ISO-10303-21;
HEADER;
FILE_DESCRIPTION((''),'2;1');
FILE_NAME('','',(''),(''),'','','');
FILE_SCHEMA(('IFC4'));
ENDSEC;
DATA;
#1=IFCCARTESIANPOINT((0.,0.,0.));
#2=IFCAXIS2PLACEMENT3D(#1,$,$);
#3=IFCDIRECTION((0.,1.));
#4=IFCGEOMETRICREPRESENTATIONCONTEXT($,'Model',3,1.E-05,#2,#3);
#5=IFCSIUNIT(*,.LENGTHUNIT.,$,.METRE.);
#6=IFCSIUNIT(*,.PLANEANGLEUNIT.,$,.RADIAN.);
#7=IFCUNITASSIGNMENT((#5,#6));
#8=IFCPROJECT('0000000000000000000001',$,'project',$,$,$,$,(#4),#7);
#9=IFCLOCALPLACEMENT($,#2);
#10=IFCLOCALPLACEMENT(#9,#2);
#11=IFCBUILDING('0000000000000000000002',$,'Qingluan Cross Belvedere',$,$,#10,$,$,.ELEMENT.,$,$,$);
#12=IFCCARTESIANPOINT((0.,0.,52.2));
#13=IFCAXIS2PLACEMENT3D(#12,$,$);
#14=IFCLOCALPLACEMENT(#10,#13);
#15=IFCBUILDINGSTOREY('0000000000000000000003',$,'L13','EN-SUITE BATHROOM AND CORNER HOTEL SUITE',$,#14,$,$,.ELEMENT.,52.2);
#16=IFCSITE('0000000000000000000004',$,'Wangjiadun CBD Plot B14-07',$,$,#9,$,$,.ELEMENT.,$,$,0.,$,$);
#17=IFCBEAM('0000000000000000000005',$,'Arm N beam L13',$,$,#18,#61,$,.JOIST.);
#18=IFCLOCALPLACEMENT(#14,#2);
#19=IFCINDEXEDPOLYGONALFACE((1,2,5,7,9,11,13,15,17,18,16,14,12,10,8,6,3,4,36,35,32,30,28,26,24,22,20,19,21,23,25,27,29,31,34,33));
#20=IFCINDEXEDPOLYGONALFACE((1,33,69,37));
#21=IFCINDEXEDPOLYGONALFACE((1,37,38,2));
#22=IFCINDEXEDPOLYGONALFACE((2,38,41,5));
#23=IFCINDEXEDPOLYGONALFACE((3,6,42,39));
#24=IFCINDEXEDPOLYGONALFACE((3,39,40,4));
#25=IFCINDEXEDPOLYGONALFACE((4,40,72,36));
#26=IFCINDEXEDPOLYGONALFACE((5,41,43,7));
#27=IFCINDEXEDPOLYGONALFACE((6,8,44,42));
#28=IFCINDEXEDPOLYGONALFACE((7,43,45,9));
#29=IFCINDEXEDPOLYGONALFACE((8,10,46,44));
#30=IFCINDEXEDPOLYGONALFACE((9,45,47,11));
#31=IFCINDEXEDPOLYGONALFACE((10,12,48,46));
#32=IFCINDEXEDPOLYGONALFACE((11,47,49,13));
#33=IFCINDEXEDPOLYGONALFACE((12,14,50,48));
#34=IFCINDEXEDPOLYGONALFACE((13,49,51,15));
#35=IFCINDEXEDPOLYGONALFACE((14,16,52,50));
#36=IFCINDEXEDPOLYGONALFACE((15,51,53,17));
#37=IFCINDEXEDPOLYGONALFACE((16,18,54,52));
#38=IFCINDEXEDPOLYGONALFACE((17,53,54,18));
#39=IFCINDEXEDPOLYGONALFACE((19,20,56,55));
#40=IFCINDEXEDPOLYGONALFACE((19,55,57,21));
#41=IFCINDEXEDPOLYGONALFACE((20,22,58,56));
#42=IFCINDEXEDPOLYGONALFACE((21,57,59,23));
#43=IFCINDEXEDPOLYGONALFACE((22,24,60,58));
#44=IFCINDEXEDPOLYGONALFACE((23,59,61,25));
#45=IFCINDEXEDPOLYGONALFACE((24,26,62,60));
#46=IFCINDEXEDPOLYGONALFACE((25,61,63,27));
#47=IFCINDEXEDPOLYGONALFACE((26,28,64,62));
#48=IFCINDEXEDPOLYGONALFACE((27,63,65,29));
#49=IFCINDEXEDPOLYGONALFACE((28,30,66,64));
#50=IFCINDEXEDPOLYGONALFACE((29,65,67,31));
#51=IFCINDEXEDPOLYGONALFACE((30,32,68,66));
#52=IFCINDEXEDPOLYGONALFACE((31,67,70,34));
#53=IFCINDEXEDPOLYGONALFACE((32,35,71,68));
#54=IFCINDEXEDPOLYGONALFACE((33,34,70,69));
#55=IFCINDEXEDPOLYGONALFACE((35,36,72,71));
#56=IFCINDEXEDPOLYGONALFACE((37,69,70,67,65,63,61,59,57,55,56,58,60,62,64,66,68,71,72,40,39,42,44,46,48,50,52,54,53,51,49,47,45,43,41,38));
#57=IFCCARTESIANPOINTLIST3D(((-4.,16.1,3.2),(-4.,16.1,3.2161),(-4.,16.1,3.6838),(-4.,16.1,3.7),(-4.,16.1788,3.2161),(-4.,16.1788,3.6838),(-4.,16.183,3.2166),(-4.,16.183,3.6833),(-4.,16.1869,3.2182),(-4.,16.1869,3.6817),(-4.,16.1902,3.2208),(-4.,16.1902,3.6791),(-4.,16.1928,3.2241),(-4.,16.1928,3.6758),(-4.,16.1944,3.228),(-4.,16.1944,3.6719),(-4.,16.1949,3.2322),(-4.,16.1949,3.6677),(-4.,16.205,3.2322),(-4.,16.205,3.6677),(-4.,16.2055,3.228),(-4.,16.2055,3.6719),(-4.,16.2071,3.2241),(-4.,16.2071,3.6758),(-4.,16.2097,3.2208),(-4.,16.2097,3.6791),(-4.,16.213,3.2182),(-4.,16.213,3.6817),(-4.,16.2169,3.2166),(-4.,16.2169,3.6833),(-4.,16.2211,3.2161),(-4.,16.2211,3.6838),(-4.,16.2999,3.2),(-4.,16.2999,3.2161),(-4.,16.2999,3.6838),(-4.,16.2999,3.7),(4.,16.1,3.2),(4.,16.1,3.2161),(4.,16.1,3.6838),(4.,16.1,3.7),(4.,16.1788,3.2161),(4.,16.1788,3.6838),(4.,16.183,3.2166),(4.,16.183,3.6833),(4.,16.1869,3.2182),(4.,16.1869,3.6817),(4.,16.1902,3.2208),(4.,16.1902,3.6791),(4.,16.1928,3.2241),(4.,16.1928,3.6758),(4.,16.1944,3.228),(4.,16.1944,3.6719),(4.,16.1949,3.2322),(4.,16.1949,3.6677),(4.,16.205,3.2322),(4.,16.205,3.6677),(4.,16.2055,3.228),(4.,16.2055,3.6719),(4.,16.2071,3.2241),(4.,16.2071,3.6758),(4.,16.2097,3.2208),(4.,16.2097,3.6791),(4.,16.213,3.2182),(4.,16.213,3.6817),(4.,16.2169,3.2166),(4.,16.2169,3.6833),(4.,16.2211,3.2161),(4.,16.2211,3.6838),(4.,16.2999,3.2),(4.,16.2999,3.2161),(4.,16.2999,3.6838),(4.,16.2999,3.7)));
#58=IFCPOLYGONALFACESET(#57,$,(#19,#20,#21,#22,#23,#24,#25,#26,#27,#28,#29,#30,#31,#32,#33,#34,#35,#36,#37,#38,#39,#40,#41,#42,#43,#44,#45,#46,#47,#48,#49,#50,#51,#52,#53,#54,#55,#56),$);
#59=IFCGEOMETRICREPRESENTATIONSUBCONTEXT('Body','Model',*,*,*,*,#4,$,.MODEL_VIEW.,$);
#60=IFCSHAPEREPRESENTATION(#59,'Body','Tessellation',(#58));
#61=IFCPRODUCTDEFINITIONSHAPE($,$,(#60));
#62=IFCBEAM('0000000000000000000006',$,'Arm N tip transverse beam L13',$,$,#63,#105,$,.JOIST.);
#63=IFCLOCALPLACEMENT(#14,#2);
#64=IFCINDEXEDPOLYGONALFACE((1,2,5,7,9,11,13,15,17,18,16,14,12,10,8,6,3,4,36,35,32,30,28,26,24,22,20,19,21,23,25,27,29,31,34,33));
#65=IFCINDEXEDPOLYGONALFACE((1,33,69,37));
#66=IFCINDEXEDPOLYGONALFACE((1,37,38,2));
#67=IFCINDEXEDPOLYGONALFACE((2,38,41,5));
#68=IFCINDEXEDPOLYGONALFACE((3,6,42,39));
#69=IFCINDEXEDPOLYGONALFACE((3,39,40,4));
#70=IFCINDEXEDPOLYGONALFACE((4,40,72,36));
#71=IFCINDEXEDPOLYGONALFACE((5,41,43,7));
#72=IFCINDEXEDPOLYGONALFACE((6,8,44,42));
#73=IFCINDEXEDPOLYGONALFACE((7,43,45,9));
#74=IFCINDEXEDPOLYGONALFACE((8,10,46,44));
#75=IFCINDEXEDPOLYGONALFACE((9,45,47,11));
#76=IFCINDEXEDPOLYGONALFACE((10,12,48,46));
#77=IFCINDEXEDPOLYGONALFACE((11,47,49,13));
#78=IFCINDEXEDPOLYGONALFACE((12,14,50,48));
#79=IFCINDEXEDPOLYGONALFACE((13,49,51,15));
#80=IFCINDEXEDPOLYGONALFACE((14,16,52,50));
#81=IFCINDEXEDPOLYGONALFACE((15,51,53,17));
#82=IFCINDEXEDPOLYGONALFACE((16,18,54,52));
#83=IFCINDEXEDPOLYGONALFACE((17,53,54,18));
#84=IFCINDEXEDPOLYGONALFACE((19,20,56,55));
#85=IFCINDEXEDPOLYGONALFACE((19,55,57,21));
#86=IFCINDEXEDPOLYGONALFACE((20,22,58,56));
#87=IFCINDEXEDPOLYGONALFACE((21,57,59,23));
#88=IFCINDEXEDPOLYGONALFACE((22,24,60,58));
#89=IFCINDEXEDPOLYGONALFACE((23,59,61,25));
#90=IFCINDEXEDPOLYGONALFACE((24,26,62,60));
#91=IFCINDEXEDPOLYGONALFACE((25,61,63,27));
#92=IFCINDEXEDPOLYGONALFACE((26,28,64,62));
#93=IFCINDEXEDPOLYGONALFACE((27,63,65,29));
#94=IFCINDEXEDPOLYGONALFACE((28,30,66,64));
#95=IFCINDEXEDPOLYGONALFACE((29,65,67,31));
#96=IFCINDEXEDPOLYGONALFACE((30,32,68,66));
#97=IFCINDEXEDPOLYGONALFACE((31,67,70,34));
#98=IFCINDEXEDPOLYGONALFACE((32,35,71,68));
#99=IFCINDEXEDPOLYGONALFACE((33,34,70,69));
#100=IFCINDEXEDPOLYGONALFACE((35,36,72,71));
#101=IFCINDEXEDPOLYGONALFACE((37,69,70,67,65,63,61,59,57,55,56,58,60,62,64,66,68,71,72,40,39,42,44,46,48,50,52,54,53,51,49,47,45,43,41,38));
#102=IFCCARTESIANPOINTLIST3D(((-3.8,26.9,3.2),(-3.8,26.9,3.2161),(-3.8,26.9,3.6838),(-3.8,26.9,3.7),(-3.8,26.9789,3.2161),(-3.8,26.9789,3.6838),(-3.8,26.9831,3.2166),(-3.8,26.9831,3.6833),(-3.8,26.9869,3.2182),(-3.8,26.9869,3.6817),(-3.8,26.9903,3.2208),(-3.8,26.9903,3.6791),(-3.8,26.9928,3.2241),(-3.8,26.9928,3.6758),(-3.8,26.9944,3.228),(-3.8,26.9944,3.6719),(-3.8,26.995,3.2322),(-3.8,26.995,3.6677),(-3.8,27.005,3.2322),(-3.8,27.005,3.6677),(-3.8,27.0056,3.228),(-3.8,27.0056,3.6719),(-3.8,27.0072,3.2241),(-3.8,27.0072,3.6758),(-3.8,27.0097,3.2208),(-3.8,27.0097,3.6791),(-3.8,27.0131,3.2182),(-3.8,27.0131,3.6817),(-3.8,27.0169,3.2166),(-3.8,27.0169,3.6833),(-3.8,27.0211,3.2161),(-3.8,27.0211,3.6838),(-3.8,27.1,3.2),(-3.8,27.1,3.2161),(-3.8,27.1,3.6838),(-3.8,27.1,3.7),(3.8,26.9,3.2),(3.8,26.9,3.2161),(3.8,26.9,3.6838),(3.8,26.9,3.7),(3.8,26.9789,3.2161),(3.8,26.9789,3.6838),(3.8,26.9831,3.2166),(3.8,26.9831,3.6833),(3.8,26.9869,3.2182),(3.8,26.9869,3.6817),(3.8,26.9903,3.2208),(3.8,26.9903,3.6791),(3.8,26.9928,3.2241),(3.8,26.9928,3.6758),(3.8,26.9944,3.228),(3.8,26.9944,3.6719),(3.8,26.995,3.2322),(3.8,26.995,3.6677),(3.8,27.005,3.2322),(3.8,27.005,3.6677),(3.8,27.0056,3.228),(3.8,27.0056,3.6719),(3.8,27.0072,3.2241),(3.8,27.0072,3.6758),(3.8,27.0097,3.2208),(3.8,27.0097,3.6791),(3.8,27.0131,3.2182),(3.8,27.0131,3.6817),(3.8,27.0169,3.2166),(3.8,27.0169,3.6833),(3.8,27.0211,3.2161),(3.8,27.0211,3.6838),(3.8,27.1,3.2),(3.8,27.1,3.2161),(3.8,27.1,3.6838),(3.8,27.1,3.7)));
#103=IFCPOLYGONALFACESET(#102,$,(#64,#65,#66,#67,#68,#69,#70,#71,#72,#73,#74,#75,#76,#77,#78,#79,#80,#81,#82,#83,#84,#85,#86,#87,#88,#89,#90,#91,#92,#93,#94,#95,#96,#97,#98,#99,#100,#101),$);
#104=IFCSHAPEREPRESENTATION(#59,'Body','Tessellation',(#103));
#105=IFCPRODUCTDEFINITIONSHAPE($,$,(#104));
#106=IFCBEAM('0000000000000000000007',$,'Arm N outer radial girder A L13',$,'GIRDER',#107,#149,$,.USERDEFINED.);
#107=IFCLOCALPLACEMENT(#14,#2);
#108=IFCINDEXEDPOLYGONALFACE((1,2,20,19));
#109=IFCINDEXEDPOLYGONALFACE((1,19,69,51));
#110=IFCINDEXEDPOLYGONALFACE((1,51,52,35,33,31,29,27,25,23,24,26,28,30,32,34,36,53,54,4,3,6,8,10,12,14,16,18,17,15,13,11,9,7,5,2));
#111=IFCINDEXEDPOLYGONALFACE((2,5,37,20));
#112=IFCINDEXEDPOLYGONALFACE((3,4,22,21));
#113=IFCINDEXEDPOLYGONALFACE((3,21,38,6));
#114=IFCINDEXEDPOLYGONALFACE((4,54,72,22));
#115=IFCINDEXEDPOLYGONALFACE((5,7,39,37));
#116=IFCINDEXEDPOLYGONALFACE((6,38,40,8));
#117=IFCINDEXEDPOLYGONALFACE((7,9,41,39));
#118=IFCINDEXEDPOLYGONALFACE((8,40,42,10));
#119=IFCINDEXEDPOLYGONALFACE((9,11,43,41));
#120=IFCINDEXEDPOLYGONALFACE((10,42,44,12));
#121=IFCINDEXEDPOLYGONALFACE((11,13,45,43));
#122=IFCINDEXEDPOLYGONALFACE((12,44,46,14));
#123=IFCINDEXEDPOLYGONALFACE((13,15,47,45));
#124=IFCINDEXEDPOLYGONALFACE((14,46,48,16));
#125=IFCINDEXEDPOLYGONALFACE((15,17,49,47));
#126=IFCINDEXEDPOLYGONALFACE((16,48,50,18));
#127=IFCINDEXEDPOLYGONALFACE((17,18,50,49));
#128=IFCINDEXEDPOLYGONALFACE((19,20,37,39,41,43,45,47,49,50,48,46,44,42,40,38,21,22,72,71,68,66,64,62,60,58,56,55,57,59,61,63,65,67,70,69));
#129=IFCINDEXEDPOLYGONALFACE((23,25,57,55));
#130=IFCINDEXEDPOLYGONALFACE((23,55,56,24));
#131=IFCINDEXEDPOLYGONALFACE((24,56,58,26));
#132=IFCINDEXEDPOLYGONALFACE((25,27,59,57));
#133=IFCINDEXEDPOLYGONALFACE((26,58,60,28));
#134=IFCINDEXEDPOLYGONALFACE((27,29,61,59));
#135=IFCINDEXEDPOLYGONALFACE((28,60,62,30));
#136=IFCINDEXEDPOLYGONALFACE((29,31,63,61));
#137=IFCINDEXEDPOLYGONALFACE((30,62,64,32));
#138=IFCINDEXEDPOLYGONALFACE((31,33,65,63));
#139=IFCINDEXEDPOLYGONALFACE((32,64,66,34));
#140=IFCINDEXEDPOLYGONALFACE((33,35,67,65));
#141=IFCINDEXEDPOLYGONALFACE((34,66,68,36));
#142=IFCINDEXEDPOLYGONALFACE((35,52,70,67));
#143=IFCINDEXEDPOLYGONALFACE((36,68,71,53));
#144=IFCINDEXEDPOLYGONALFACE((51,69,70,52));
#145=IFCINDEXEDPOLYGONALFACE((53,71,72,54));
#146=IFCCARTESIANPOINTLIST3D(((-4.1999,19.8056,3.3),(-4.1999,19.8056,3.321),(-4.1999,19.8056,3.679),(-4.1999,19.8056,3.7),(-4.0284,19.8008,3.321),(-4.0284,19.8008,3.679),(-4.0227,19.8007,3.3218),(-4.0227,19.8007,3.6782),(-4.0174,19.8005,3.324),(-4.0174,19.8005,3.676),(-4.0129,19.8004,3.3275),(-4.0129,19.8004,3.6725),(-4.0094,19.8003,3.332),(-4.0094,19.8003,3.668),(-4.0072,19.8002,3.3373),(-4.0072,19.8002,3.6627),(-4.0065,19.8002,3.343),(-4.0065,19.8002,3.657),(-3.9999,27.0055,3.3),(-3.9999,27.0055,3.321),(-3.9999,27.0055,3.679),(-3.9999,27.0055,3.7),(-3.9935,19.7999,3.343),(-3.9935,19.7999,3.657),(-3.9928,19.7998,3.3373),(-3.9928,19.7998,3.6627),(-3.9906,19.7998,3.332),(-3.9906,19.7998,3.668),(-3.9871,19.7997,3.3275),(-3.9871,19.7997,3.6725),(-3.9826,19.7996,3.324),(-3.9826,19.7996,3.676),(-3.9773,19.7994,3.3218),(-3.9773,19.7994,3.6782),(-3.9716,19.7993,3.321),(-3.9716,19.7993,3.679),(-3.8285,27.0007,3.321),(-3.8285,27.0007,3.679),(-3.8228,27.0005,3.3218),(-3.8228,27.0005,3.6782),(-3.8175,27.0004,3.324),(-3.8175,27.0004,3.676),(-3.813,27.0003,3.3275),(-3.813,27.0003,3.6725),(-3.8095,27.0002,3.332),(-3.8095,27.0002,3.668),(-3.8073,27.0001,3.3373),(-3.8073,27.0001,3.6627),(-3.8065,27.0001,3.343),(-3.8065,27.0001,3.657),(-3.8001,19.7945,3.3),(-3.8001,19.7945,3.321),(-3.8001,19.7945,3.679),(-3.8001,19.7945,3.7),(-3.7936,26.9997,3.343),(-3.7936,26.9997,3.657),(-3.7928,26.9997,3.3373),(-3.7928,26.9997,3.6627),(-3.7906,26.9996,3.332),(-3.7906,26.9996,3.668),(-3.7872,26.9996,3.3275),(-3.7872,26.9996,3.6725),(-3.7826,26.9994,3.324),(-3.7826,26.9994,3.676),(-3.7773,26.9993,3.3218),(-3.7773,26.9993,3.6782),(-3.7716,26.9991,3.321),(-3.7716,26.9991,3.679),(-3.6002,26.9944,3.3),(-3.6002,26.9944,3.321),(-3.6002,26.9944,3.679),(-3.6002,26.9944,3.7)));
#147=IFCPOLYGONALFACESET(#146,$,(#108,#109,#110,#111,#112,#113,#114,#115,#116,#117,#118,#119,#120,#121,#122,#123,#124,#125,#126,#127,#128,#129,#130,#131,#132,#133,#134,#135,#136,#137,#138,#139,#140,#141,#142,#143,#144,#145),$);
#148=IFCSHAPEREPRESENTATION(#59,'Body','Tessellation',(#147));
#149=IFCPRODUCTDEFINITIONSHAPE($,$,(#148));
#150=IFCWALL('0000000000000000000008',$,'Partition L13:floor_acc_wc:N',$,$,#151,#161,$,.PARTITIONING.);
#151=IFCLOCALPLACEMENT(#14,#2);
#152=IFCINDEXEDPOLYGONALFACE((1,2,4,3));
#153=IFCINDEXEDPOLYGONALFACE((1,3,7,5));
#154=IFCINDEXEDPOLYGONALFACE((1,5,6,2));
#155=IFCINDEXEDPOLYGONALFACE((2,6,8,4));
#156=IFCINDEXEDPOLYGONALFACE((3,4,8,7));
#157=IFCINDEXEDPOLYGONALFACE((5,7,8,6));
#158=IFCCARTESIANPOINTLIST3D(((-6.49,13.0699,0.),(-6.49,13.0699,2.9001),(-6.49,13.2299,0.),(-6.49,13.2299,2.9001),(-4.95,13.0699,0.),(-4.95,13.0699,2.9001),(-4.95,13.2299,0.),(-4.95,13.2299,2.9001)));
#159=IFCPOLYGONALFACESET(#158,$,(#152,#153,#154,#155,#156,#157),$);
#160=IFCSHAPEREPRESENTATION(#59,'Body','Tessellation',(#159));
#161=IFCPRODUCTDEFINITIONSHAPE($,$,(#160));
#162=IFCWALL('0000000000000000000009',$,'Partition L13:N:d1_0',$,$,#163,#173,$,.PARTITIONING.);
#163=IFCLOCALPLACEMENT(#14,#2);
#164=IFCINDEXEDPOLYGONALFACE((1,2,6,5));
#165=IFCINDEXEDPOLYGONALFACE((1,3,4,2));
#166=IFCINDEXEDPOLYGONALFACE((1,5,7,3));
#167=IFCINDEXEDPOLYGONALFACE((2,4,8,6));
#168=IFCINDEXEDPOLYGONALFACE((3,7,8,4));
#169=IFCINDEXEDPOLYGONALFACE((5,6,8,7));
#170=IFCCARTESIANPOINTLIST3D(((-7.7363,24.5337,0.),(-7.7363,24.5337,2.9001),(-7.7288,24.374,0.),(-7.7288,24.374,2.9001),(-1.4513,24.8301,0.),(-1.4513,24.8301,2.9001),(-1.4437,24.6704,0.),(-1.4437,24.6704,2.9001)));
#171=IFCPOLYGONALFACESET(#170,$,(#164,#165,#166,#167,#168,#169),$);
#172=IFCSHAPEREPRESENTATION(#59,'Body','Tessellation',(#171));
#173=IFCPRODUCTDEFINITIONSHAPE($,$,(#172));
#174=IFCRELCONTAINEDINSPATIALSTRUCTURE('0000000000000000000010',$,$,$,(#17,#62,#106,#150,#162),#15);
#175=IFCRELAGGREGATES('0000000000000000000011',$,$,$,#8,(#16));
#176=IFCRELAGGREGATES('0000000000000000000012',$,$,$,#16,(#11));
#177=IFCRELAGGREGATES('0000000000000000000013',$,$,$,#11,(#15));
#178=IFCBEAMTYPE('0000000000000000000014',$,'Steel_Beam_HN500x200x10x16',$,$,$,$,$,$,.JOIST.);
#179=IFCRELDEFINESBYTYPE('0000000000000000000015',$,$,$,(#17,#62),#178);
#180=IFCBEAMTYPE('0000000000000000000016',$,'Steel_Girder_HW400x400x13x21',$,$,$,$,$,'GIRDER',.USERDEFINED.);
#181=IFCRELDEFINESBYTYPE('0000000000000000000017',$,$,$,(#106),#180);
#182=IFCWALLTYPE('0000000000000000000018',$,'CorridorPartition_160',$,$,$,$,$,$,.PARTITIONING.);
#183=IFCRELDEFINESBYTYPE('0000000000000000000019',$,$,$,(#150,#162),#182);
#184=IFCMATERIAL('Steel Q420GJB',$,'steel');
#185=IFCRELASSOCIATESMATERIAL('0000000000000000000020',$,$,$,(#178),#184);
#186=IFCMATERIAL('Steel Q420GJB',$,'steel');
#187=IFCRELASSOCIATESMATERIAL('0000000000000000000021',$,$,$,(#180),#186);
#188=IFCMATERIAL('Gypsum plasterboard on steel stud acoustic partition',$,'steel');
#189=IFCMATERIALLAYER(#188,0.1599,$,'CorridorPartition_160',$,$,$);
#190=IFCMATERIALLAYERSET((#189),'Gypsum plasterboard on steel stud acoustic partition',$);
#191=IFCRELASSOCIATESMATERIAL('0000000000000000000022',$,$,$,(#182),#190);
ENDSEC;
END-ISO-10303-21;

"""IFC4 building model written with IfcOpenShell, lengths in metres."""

from ifc_helpers import new_model, si_unit, direction, frame, frame_2d, origin, origin_2d, place, context, subcontext, project, spatial, rectangle, i_section, extrude, material, layer, layer_set, material_profile, profile_set, type_object, element, save


model = new_model("IFC4")

# Units and contexts
model_context = context("Model", 3, precision=1e-05, world=origin(), true_north=direction((0.0, 1.0)))
body_context = subcontext(model_context, "Body", "Model", "MODEL_VIEW")
ifc_project = project(units=[si_unit("LENGTHUNIT", "METRE"), si_unit("PLANEANGLEUNIT", "RADIAN")], contexts=[model_context])

# Site, building, storey
site_placement = place(None, origin())
site = spatial("IfcSite", under=ifc_project, at=site_placement, Name="Wangjiadun CBD Plot B14-07", CompositionType="ELEMENT", RefElevation=0.0)
building_placement = place(site_placement, origin())
building = spatial("IfcBuilding", under=site, at=building_placement, Name="Qingluan Cross Belvedere", CompositionType="ELEMENT")
storey_placement = place(building_placement, frame((0.0, 0.0, 52.2)))
storey = spatial("IfcBuildingStorey", under=building, at=storey_placement, Name="L13", Description="EN-SUITE BATHROOM AND CORNER HOTEL SUITE", CompositionType="ELEMENT", Elevation=52.2)

# Beams
ifc_material_1 = material(Name="Steel Q420GJB", Category="steel")
ifc_material_profile_1 = material_profile(ifc_material_1, i_section(OverallWidth=0.2, OverallDepth=0.5, WebThickness=0.01, FlangeThickness=0.0161, FilletRadius=0.0161, at=origin_2d()), Name="HN500x200x10x16")
ifc_profile_set_1 = profile_set([ifc_material_profile_1], Name="Steel Q420GJB")
beam_type_1 = type_object("IfcBeamType", Name="Steel_Beam_HN500x200x10x16", PredefinedType="JOIST", material=ifc_profile_set_1)
for number, where, z_axis, x_axis, name in (
    (1, (-4.0, 16.2, 3.45), (1.0, 0.0, 0.0), (0.0, 1.0, 0.0), "Arm N beam L13"),
):
    element("IfcBeam", number, at=place(storey_placement, frame(where, z_axis=z_axis, x_axis=x_axis)), inside=storey, type_object=beam_type_1, Name=name, PredefinedType="JOIST", context=body_context, shape_type="SweptSolid", body=[
        extrude(i_section(OverallWidth=0.2, OverallDepth=0.5, WebThickness=0.01, FlangeThickness=0.0161, FilletRadius=0.0161, at=origin_2d()), origin(), (0.0, 0.0, 1.0), 8.0),
    ])
beam_1_placement = place(storey_placement, frame((-3.8, 27.0, 3.45), z_axis=(1.0, 0.0, 0.0), x_axis=(0.0, 1.0, 0.0)))
element("IfcBeam", 2, at=beam_1_placement, inside=storey, type_object=beam_type_1, Name="Arm N tip transverse beam L13", PredefinedType="JOIST", context=body_context, shape_type="SweptSolid", body=[
    extrude(i_section(OverallWidth=0.2, OverallDepth=0.5, WebThickness=0.01, FlangeThickness=0.0161, FilletRadius=0.0161, at=origin_2d()), origin(), (0.0, 0.0, 1.0), 7.6001),
])
ifc_material_2 = material(Name="Steel Q420GJB", Category="steel")
ifc_material_profile_2 = material_profile(ifc_material_2, i_section(OverallWidth=0.3999, OverallDepth=0.3999, WebThickness=0.0129, FlangeThickness=0.021, FilletRadius=0.022, at=origin_2d()), Name="HW400x400x13x21")
ifc_profile_set_2 = profile_set([ifc_material_profile_2], Name="Steel Q420GJB")
beam_type_2 = type_object("IfcBeamType", Name="Steel_Girder_HW400x400x13x21", ElementType="GIRDER", PredefinedType="USERDEFINED", material=ifc_profile_set_2)
beam_2_placement = place(storey_placement, frame((-4.0, 19.8, 3.5), z_axis=(0.02776, 0.999615, 0.0), x_axis=(-0.999615, 0.02776, 0.0)))
element("IfcBeam", 3, at=beam_2_placement, inside=storey, type_object=beam_type_2, Name="Arm N outer radial girder A L13", ObjectType="GIRDER", PredefinedType="USERDEFINED", context=body_context, shape_type="SweptSolid", body=[
    extrude(i_section(OverallWidth=0.3999, OverallDepth=0.3999, WebThickness=0.0129, FlangeThickness=0.021, FilletRadius=0.022, at=origin_2d()), origin(), (0.0, 0.0, 1.0), 7.2026),
])

# Walls
ifc_material_3 = material(Name="Gypsum plasterboard on steel stud acoustic partition", Category="steel")
ifc_layer_1 = layer(ifc_material_3, 0.1599, Name="CorridorPartition_160")
ifc_layer_set_1 = layer_set([ifc_layer_1], Name="Gypsum plasterboard on steel stud acoustic partition")
wall_type_1 = type_object("IfcWallType", Name="CorridorPartition_160", PredefinedType="PARTITIONING", material=ifc_layer_set_1)
wall_1_placement = place(storey_placement, frame((-6.49, 13.1499, 0.0), z_axis=(0.0, 0.0, 1.0), x_axis=(1.0, 0.0, 0.0)))
element("IfcWall", 4, at=wall_1_placement, inside=storey, type_object=wall_type_1, Name="Partition L13:floor_acc_wc:N", PredefinedType="PARTITIONING", context=body_context, shape_type="SweptSolid", body=[
    extrude(rectangle(XDim=1.54, YDim=0.1599, at=frame_2d((0.77, 0.0))), origin(), (0.0, 0.0, 1.0), 2.9001),
])
wall_2_placement = place(storey_placement, frame((-1.4475, 24.7502, 0.0), z_axis=(0.0, 0.0, 1.0), x_axis=(-0.99889, -0.047106, 0.0)))
element("IfcWall", 5, at=wall_2_placement, inside=storey, type_object=wall_type_1, Name="Partition L13:N:d1_0", PredefinedType="PARTITIONING", context=body_context, shape_type="SweptSolid", body=[
    extrude(rectangle(XDim=6.292, YDim=0.1599, at=frame_2d((3.146, 0.0))), origin(), (0.0, 0.0, 1.0), 2.9001),
])

save(model, "model.ifc")
